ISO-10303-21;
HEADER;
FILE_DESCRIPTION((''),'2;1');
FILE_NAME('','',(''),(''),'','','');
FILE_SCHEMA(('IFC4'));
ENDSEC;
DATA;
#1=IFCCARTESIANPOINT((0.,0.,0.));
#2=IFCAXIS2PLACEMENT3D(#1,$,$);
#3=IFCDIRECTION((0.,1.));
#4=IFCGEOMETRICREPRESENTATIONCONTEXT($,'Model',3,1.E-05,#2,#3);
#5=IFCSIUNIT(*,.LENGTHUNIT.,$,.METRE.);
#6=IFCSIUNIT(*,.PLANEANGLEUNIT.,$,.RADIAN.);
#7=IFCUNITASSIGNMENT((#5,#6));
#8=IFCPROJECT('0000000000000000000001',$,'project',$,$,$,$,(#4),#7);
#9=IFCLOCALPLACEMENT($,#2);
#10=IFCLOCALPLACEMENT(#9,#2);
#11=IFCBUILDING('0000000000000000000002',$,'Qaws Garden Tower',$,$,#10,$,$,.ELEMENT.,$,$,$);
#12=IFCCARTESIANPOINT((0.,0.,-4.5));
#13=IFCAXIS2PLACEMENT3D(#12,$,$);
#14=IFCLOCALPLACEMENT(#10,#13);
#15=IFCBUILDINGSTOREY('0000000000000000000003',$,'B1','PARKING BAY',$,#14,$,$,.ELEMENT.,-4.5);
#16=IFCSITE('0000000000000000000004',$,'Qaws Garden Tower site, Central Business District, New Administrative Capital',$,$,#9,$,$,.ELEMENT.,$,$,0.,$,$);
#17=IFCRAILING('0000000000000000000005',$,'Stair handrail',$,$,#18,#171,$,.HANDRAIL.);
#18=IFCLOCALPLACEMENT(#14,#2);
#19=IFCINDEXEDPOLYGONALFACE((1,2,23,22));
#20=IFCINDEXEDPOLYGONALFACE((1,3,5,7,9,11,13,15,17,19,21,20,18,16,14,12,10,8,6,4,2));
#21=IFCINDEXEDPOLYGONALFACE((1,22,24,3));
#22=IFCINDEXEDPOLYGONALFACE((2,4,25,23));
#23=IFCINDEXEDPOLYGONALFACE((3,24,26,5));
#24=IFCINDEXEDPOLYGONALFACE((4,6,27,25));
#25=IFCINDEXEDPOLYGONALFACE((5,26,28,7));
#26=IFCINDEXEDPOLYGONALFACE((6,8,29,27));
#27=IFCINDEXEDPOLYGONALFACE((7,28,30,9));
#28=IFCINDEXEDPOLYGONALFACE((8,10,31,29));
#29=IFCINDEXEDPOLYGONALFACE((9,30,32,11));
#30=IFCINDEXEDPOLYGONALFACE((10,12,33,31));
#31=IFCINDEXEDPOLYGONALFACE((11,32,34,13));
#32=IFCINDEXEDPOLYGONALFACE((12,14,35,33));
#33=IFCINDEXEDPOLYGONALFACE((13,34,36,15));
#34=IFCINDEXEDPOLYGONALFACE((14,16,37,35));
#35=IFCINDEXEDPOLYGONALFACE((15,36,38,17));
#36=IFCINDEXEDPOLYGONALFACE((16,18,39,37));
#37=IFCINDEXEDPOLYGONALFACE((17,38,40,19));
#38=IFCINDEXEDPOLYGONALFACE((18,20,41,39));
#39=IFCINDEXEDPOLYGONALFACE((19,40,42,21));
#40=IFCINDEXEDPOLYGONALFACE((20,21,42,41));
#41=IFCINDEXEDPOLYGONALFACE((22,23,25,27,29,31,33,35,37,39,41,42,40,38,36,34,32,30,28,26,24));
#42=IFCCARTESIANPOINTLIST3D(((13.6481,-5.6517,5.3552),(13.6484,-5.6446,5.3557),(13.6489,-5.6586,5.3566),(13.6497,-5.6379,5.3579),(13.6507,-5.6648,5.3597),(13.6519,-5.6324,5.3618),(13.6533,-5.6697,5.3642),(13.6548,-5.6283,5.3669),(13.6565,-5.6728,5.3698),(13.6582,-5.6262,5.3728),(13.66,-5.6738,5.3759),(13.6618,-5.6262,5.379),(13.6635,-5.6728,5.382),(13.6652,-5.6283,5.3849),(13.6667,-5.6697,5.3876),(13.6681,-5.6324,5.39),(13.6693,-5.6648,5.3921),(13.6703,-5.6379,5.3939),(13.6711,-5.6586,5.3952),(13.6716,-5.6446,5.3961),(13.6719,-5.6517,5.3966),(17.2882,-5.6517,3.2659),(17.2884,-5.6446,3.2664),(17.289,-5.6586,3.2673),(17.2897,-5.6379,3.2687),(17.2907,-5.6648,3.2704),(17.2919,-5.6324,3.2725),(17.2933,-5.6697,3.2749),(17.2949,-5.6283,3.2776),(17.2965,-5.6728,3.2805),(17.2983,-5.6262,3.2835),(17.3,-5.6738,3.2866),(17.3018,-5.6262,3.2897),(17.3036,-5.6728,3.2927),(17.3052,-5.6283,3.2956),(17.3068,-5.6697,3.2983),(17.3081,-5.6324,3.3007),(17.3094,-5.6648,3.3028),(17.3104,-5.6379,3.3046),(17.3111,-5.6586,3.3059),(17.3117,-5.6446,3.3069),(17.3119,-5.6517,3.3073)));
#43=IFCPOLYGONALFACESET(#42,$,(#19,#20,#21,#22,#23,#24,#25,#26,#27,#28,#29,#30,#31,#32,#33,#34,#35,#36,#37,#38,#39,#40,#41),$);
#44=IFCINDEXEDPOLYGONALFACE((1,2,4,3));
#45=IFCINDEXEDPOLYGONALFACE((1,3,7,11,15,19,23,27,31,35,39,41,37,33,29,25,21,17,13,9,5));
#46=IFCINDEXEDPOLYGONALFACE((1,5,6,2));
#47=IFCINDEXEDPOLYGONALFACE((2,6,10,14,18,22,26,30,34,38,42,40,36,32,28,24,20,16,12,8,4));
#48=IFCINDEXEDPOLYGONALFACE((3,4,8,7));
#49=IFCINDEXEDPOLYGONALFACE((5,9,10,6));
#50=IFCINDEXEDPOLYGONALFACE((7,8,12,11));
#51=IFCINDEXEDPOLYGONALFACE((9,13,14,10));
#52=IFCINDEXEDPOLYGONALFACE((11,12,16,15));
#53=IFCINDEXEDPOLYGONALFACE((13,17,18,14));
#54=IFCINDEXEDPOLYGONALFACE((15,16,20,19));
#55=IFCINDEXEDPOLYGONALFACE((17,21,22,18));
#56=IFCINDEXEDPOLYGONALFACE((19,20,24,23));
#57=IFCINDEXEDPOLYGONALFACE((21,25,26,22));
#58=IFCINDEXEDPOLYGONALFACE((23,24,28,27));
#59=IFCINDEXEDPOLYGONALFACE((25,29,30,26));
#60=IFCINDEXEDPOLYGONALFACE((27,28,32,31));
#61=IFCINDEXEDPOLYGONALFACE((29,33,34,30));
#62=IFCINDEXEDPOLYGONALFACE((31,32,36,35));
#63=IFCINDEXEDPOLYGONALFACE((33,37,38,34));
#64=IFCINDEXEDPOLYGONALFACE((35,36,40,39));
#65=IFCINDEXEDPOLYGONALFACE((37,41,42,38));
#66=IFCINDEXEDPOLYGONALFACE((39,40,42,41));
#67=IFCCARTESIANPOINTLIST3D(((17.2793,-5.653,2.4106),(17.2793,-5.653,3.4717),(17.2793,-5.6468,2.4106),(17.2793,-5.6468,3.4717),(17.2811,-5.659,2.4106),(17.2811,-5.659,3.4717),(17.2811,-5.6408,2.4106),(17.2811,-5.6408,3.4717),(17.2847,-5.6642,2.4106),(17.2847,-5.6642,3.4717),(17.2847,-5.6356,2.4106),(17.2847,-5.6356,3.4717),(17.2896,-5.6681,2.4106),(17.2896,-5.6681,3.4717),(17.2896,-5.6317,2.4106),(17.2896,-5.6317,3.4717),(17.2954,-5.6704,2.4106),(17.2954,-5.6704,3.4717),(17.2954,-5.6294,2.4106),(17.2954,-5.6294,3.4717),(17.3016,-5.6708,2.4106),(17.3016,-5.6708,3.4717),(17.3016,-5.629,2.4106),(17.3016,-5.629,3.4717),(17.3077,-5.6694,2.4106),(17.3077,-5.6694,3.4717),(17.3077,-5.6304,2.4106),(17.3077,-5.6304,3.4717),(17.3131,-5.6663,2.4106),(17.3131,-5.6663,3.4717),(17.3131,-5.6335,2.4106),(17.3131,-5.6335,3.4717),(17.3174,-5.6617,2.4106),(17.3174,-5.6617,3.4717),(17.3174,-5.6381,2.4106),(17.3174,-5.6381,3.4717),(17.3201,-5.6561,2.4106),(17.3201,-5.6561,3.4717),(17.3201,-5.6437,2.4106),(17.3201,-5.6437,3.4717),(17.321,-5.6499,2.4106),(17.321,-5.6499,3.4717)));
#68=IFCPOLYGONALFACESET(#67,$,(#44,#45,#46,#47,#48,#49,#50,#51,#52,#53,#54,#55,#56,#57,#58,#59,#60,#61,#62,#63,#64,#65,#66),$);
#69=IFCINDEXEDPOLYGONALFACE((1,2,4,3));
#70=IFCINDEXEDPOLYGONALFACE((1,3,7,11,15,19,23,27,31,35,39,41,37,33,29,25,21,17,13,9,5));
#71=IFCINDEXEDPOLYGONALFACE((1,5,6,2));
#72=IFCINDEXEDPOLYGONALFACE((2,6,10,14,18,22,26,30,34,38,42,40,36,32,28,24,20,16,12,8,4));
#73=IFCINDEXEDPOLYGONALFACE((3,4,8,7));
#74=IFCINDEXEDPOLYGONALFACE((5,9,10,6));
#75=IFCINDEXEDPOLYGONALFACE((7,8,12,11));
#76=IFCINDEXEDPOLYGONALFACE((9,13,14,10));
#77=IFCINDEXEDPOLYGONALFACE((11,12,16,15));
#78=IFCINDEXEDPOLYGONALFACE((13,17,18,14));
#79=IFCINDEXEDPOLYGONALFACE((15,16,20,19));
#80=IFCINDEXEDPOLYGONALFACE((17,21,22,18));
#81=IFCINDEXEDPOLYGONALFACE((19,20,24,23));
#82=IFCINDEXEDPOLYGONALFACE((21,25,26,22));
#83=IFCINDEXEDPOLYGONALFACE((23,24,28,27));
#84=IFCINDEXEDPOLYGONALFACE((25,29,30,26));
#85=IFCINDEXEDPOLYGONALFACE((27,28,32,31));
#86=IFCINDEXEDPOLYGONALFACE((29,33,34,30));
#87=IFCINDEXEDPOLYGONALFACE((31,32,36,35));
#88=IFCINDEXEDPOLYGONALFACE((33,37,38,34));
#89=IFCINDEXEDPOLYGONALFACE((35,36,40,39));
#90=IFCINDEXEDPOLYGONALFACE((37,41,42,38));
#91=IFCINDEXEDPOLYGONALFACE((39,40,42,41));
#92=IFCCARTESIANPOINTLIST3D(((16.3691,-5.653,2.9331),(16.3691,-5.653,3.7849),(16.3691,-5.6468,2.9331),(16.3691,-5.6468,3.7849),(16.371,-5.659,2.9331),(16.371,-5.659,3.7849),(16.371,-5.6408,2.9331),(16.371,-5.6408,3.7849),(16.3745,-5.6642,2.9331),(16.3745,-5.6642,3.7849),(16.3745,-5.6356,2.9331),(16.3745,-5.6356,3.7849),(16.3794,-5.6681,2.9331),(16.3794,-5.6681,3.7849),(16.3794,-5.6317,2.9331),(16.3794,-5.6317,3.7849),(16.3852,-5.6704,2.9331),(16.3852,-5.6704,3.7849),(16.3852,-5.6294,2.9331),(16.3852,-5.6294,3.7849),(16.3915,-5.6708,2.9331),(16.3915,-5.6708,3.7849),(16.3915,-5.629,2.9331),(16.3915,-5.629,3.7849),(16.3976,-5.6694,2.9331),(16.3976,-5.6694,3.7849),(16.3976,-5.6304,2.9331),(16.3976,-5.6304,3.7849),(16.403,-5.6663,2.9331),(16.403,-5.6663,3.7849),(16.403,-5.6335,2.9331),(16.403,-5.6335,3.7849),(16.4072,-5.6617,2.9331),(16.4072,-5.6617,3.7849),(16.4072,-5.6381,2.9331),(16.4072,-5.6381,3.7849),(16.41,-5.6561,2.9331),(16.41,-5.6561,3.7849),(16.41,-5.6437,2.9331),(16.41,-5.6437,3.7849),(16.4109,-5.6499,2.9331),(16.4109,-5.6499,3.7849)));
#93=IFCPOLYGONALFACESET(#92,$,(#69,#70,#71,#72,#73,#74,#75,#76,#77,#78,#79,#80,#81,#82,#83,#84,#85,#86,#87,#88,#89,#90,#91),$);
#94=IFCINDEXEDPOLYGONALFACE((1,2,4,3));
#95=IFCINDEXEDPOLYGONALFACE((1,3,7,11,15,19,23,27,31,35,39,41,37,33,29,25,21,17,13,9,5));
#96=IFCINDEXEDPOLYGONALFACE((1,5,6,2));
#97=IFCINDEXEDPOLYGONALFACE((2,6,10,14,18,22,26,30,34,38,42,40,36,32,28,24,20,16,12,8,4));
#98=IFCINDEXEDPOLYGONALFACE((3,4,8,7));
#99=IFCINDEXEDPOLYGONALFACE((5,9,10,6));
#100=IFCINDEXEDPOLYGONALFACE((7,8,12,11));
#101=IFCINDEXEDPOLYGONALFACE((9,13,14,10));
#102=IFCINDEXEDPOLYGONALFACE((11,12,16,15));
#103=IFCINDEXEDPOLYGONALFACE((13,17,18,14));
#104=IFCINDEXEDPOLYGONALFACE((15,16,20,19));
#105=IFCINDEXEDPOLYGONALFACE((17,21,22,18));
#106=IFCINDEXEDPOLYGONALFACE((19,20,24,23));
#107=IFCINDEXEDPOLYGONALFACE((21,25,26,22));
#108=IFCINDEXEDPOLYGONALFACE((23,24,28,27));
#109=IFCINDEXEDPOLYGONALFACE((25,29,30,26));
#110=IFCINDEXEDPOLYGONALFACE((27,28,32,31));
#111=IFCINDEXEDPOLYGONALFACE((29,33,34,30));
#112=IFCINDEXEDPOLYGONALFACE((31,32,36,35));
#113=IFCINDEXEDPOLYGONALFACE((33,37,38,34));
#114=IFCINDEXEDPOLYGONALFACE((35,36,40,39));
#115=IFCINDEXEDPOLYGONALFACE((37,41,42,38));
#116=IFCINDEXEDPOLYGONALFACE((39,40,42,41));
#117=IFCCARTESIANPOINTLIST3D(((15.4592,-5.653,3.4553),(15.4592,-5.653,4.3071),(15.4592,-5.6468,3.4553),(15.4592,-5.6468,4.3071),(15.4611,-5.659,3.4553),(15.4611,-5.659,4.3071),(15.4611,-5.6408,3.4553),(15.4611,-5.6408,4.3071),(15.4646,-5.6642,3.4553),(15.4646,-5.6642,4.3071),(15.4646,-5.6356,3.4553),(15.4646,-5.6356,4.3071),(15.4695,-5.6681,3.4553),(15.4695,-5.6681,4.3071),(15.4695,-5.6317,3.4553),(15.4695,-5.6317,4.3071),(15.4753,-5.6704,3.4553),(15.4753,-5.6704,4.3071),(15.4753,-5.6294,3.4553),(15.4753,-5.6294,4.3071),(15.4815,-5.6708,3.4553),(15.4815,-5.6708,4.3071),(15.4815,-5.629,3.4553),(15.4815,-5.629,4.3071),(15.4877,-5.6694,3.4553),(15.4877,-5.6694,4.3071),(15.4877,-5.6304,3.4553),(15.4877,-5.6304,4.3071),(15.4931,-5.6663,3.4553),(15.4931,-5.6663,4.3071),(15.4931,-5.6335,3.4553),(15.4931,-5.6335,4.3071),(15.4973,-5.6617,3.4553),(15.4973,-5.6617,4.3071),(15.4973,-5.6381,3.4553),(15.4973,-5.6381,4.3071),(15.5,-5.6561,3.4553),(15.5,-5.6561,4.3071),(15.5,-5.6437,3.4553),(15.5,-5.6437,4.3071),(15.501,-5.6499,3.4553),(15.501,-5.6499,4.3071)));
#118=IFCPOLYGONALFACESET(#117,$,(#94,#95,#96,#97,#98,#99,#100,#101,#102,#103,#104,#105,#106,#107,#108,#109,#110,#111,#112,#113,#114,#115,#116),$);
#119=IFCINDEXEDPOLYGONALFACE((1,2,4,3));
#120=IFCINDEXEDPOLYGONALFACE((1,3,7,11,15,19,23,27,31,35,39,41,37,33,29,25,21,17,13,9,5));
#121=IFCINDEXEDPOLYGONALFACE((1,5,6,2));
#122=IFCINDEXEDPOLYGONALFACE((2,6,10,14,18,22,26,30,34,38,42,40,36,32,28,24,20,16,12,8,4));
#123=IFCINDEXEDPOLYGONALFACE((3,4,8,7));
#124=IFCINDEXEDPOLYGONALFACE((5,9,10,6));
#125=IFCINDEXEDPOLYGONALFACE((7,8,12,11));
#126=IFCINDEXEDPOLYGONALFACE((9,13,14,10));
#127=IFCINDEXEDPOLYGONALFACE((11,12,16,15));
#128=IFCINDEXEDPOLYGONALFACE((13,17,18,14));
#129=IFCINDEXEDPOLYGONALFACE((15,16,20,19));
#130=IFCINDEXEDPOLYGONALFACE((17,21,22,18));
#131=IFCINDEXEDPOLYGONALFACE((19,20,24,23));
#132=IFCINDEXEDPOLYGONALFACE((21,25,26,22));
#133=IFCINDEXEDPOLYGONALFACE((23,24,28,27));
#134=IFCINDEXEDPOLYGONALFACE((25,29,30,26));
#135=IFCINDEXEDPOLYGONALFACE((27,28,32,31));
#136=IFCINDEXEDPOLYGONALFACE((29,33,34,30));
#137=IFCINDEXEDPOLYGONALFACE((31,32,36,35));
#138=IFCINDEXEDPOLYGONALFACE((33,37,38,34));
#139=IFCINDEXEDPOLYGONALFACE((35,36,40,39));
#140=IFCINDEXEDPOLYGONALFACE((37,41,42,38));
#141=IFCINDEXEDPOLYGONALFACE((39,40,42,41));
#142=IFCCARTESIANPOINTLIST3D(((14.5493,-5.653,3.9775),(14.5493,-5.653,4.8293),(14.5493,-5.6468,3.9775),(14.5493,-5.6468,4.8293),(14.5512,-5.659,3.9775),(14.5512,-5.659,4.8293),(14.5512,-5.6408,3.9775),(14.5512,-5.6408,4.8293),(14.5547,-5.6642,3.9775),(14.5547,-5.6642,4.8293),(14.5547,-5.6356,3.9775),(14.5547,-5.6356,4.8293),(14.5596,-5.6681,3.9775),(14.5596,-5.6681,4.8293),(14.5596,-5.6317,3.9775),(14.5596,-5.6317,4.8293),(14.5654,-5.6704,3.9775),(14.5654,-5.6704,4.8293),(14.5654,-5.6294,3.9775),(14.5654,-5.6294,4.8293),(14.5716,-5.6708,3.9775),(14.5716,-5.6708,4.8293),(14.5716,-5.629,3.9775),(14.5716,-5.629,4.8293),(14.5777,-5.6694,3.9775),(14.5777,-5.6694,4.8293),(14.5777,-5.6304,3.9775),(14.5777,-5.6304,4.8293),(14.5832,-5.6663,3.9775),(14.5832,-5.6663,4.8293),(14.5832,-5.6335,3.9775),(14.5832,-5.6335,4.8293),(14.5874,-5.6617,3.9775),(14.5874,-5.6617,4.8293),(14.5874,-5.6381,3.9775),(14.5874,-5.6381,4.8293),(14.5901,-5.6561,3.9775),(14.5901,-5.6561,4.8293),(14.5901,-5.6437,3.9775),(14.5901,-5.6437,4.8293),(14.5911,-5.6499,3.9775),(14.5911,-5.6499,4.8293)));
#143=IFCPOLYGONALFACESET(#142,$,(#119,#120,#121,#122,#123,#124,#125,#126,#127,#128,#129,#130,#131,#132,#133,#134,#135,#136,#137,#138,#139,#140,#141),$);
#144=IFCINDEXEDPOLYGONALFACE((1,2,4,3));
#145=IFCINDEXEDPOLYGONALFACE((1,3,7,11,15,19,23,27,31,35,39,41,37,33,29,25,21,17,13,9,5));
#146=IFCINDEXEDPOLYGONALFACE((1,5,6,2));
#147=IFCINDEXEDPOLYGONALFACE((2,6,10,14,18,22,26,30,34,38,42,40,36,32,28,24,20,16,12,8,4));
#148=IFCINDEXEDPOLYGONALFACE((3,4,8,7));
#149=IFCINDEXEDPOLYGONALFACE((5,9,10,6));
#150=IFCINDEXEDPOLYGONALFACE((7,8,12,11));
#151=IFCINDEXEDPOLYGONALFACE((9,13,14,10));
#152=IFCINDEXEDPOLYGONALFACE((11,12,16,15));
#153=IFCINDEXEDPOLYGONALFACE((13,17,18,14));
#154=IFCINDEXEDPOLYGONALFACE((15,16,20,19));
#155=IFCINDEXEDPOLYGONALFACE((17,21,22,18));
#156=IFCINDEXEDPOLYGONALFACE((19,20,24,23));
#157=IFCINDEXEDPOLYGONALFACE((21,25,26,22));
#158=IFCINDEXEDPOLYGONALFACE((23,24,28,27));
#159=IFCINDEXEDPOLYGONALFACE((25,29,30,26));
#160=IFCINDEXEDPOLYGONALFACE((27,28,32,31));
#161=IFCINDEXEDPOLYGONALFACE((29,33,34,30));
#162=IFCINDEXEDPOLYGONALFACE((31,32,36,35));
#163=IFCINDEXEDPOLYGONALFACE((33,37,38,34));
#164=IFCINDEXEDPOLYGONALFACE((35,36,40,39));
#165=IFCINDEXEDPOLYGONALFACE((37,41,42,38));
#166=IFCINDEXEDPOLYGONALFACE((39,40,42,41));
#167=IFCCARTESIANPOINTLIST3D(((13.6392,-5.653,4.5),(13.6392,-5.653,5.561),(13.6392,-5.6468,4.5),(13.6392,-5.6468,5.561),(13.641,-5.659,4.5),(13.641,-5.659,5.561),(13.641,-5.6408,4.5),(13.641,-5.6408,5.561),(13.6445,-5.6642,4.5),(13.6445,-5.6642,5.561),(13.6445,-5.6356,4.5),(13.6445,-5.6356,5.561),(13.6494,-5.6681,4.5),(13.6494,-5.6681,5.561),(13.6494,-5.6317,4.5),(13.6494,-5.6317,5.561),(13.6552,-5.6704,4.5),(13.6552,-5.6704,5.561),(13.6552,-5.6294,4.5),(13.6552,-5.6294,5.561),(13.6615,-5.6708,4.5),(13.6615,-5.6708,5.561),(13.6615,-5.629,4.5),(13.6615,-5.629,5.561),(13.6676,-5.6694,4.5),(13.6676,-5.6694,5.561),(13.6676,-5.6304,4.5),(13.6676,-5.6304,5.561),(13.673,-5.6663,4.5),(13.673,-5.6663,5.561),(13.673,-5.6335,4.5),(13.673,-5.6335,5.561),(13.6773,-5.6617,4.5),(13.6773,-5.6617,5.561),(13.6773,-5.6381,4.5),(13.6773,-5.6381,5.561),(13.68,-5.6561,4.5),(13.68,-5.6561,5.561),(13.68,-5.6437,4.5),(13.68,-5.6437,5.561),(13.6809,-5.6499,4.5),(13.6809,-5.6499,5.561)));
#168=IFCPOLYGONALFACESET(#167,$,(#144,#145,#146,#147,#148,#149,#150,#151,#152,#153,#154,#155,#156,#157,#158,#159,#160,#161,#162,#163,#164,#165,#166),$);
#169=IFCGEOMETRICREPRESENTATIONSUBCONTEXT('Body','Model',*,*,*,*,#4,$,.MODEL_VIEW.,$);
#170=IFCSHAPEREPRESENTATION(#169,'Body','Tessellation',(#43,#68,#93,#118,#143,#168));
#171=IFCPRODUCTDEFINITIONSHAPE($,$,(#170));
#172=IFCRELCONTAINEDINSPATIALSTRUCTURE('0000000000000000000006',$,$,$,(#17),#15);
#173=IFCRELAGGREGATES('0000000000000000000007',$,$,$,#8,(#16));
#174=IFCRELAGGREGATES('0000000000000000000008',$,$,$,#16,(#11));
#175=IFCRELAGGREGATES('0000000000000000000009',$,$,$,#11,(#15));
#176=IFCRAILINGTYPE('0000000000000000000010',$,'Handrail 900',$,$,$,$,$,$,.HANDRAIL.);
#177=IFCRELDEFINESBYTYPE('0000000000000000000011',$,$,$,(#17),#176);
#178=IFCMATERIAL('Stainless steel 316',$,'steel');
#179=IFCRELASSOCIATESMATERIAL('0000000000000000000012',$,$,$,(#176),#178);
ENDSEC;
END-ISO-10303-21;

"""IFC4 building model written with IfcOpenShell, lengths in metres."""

from ifc_helpers import new_model, si_unit, direction, frame, origin, origin_2d, place, context, subcontext, project, spatial, circle, extrude, material, type_object, element, save


model = new_model("IFC4")

# Units and contexts
model_context = context("Model", 3, precision=1e-05, world=origin(), true_north=direction((0.0, 1.0)))
body_context = subcontext(model_context, "Body", "Model", "MODEL_VIEW")
ifc_project = project(units=[si_unit("LENGTHUNIT", "METRE"), si_unit("PLANEANGLEUNIT", "RADIAN")], contexts=[model_context])

# Site, building, storey
site_placement = place(None, origin())
site = spatial("IfcSite", under=ifc_project, at=site_placement, Name="Qaws Garden Tower site, Central Business District, New Administrative Capital", CompositionType="ELEMENT", RefElevation=0.0)
building_placement = place(site_placement, origin())
building = spatial("IfcBuilding", under=site, at=building_placement, Name="Qaws Garden Tower", CompositionType="ELEMENT")
storey_placement = place(building_placement, frame((0.0, 0.0, -4.5)))
storey = spatial("IfcBuildingStorey", under=building, at=storey_placement, Name="B1", Description="PARKING BAY", CompositionType="ELEMENT", Elevation=-4.5)

# Railing
ifc_material_1 = material(Name="Stainless steel 316", Category="steel")
railing_type_1 = type_object("IfcRailingType", Name="Handrail 900", PredefinedType="HANDRAIL", material=ifc_material_1)
for number, where, name in (
    (1, (17.3, -5.6499, 2.4106), "Stair handrail"),
):
    element("IfcRailing", number, at=place(storey_placement, frame(where)), inside=storey, type_object=railing_type_1, Name=name, PredefinedType="HANDRAIL", context=body_context, shape_type="SweptSolid", body=[
        extrude(circle(Radius=0.0239, at=origin_2d()), frame((0.0, 0.0, 0.876), z_axis=(-0.867289, 0.0, 0.497804), x_axis=(0.0, -1.0, 0.0)), (0.0, 0.0, 1.0), 4.197),
        extrude(circle(Radius=0.021, at=origin_2d()), origin(), (0.0, 0.0, 1.0), 1.061),
        extrude(circle(Radius=0.021, at=origin_2d()), frame((-0.9102, 0.0, 0.5225)), (0.0, 0.0, 1.0), 0.8518),
        extrude(circle(Radius=0.021, at=origin_2d()), frame((-1.8201, 0.0, 1.0447)), (0.0, 0.0, 1.0), 0.8518),
        extrude(circle(Radius=0.021, at=origin_2d()), frame((-2.73, 0.0, 1.5669)), (0.0, 0.0, 1.0), 0.8518),
        extrude(circle(Radius=0.021, at=origin_2d()), frame((-3.6401, 0.0, 2.0894)), (0.0, 0.0, 1.0), 1.061),
    ])

save(model, "model.ifc")
